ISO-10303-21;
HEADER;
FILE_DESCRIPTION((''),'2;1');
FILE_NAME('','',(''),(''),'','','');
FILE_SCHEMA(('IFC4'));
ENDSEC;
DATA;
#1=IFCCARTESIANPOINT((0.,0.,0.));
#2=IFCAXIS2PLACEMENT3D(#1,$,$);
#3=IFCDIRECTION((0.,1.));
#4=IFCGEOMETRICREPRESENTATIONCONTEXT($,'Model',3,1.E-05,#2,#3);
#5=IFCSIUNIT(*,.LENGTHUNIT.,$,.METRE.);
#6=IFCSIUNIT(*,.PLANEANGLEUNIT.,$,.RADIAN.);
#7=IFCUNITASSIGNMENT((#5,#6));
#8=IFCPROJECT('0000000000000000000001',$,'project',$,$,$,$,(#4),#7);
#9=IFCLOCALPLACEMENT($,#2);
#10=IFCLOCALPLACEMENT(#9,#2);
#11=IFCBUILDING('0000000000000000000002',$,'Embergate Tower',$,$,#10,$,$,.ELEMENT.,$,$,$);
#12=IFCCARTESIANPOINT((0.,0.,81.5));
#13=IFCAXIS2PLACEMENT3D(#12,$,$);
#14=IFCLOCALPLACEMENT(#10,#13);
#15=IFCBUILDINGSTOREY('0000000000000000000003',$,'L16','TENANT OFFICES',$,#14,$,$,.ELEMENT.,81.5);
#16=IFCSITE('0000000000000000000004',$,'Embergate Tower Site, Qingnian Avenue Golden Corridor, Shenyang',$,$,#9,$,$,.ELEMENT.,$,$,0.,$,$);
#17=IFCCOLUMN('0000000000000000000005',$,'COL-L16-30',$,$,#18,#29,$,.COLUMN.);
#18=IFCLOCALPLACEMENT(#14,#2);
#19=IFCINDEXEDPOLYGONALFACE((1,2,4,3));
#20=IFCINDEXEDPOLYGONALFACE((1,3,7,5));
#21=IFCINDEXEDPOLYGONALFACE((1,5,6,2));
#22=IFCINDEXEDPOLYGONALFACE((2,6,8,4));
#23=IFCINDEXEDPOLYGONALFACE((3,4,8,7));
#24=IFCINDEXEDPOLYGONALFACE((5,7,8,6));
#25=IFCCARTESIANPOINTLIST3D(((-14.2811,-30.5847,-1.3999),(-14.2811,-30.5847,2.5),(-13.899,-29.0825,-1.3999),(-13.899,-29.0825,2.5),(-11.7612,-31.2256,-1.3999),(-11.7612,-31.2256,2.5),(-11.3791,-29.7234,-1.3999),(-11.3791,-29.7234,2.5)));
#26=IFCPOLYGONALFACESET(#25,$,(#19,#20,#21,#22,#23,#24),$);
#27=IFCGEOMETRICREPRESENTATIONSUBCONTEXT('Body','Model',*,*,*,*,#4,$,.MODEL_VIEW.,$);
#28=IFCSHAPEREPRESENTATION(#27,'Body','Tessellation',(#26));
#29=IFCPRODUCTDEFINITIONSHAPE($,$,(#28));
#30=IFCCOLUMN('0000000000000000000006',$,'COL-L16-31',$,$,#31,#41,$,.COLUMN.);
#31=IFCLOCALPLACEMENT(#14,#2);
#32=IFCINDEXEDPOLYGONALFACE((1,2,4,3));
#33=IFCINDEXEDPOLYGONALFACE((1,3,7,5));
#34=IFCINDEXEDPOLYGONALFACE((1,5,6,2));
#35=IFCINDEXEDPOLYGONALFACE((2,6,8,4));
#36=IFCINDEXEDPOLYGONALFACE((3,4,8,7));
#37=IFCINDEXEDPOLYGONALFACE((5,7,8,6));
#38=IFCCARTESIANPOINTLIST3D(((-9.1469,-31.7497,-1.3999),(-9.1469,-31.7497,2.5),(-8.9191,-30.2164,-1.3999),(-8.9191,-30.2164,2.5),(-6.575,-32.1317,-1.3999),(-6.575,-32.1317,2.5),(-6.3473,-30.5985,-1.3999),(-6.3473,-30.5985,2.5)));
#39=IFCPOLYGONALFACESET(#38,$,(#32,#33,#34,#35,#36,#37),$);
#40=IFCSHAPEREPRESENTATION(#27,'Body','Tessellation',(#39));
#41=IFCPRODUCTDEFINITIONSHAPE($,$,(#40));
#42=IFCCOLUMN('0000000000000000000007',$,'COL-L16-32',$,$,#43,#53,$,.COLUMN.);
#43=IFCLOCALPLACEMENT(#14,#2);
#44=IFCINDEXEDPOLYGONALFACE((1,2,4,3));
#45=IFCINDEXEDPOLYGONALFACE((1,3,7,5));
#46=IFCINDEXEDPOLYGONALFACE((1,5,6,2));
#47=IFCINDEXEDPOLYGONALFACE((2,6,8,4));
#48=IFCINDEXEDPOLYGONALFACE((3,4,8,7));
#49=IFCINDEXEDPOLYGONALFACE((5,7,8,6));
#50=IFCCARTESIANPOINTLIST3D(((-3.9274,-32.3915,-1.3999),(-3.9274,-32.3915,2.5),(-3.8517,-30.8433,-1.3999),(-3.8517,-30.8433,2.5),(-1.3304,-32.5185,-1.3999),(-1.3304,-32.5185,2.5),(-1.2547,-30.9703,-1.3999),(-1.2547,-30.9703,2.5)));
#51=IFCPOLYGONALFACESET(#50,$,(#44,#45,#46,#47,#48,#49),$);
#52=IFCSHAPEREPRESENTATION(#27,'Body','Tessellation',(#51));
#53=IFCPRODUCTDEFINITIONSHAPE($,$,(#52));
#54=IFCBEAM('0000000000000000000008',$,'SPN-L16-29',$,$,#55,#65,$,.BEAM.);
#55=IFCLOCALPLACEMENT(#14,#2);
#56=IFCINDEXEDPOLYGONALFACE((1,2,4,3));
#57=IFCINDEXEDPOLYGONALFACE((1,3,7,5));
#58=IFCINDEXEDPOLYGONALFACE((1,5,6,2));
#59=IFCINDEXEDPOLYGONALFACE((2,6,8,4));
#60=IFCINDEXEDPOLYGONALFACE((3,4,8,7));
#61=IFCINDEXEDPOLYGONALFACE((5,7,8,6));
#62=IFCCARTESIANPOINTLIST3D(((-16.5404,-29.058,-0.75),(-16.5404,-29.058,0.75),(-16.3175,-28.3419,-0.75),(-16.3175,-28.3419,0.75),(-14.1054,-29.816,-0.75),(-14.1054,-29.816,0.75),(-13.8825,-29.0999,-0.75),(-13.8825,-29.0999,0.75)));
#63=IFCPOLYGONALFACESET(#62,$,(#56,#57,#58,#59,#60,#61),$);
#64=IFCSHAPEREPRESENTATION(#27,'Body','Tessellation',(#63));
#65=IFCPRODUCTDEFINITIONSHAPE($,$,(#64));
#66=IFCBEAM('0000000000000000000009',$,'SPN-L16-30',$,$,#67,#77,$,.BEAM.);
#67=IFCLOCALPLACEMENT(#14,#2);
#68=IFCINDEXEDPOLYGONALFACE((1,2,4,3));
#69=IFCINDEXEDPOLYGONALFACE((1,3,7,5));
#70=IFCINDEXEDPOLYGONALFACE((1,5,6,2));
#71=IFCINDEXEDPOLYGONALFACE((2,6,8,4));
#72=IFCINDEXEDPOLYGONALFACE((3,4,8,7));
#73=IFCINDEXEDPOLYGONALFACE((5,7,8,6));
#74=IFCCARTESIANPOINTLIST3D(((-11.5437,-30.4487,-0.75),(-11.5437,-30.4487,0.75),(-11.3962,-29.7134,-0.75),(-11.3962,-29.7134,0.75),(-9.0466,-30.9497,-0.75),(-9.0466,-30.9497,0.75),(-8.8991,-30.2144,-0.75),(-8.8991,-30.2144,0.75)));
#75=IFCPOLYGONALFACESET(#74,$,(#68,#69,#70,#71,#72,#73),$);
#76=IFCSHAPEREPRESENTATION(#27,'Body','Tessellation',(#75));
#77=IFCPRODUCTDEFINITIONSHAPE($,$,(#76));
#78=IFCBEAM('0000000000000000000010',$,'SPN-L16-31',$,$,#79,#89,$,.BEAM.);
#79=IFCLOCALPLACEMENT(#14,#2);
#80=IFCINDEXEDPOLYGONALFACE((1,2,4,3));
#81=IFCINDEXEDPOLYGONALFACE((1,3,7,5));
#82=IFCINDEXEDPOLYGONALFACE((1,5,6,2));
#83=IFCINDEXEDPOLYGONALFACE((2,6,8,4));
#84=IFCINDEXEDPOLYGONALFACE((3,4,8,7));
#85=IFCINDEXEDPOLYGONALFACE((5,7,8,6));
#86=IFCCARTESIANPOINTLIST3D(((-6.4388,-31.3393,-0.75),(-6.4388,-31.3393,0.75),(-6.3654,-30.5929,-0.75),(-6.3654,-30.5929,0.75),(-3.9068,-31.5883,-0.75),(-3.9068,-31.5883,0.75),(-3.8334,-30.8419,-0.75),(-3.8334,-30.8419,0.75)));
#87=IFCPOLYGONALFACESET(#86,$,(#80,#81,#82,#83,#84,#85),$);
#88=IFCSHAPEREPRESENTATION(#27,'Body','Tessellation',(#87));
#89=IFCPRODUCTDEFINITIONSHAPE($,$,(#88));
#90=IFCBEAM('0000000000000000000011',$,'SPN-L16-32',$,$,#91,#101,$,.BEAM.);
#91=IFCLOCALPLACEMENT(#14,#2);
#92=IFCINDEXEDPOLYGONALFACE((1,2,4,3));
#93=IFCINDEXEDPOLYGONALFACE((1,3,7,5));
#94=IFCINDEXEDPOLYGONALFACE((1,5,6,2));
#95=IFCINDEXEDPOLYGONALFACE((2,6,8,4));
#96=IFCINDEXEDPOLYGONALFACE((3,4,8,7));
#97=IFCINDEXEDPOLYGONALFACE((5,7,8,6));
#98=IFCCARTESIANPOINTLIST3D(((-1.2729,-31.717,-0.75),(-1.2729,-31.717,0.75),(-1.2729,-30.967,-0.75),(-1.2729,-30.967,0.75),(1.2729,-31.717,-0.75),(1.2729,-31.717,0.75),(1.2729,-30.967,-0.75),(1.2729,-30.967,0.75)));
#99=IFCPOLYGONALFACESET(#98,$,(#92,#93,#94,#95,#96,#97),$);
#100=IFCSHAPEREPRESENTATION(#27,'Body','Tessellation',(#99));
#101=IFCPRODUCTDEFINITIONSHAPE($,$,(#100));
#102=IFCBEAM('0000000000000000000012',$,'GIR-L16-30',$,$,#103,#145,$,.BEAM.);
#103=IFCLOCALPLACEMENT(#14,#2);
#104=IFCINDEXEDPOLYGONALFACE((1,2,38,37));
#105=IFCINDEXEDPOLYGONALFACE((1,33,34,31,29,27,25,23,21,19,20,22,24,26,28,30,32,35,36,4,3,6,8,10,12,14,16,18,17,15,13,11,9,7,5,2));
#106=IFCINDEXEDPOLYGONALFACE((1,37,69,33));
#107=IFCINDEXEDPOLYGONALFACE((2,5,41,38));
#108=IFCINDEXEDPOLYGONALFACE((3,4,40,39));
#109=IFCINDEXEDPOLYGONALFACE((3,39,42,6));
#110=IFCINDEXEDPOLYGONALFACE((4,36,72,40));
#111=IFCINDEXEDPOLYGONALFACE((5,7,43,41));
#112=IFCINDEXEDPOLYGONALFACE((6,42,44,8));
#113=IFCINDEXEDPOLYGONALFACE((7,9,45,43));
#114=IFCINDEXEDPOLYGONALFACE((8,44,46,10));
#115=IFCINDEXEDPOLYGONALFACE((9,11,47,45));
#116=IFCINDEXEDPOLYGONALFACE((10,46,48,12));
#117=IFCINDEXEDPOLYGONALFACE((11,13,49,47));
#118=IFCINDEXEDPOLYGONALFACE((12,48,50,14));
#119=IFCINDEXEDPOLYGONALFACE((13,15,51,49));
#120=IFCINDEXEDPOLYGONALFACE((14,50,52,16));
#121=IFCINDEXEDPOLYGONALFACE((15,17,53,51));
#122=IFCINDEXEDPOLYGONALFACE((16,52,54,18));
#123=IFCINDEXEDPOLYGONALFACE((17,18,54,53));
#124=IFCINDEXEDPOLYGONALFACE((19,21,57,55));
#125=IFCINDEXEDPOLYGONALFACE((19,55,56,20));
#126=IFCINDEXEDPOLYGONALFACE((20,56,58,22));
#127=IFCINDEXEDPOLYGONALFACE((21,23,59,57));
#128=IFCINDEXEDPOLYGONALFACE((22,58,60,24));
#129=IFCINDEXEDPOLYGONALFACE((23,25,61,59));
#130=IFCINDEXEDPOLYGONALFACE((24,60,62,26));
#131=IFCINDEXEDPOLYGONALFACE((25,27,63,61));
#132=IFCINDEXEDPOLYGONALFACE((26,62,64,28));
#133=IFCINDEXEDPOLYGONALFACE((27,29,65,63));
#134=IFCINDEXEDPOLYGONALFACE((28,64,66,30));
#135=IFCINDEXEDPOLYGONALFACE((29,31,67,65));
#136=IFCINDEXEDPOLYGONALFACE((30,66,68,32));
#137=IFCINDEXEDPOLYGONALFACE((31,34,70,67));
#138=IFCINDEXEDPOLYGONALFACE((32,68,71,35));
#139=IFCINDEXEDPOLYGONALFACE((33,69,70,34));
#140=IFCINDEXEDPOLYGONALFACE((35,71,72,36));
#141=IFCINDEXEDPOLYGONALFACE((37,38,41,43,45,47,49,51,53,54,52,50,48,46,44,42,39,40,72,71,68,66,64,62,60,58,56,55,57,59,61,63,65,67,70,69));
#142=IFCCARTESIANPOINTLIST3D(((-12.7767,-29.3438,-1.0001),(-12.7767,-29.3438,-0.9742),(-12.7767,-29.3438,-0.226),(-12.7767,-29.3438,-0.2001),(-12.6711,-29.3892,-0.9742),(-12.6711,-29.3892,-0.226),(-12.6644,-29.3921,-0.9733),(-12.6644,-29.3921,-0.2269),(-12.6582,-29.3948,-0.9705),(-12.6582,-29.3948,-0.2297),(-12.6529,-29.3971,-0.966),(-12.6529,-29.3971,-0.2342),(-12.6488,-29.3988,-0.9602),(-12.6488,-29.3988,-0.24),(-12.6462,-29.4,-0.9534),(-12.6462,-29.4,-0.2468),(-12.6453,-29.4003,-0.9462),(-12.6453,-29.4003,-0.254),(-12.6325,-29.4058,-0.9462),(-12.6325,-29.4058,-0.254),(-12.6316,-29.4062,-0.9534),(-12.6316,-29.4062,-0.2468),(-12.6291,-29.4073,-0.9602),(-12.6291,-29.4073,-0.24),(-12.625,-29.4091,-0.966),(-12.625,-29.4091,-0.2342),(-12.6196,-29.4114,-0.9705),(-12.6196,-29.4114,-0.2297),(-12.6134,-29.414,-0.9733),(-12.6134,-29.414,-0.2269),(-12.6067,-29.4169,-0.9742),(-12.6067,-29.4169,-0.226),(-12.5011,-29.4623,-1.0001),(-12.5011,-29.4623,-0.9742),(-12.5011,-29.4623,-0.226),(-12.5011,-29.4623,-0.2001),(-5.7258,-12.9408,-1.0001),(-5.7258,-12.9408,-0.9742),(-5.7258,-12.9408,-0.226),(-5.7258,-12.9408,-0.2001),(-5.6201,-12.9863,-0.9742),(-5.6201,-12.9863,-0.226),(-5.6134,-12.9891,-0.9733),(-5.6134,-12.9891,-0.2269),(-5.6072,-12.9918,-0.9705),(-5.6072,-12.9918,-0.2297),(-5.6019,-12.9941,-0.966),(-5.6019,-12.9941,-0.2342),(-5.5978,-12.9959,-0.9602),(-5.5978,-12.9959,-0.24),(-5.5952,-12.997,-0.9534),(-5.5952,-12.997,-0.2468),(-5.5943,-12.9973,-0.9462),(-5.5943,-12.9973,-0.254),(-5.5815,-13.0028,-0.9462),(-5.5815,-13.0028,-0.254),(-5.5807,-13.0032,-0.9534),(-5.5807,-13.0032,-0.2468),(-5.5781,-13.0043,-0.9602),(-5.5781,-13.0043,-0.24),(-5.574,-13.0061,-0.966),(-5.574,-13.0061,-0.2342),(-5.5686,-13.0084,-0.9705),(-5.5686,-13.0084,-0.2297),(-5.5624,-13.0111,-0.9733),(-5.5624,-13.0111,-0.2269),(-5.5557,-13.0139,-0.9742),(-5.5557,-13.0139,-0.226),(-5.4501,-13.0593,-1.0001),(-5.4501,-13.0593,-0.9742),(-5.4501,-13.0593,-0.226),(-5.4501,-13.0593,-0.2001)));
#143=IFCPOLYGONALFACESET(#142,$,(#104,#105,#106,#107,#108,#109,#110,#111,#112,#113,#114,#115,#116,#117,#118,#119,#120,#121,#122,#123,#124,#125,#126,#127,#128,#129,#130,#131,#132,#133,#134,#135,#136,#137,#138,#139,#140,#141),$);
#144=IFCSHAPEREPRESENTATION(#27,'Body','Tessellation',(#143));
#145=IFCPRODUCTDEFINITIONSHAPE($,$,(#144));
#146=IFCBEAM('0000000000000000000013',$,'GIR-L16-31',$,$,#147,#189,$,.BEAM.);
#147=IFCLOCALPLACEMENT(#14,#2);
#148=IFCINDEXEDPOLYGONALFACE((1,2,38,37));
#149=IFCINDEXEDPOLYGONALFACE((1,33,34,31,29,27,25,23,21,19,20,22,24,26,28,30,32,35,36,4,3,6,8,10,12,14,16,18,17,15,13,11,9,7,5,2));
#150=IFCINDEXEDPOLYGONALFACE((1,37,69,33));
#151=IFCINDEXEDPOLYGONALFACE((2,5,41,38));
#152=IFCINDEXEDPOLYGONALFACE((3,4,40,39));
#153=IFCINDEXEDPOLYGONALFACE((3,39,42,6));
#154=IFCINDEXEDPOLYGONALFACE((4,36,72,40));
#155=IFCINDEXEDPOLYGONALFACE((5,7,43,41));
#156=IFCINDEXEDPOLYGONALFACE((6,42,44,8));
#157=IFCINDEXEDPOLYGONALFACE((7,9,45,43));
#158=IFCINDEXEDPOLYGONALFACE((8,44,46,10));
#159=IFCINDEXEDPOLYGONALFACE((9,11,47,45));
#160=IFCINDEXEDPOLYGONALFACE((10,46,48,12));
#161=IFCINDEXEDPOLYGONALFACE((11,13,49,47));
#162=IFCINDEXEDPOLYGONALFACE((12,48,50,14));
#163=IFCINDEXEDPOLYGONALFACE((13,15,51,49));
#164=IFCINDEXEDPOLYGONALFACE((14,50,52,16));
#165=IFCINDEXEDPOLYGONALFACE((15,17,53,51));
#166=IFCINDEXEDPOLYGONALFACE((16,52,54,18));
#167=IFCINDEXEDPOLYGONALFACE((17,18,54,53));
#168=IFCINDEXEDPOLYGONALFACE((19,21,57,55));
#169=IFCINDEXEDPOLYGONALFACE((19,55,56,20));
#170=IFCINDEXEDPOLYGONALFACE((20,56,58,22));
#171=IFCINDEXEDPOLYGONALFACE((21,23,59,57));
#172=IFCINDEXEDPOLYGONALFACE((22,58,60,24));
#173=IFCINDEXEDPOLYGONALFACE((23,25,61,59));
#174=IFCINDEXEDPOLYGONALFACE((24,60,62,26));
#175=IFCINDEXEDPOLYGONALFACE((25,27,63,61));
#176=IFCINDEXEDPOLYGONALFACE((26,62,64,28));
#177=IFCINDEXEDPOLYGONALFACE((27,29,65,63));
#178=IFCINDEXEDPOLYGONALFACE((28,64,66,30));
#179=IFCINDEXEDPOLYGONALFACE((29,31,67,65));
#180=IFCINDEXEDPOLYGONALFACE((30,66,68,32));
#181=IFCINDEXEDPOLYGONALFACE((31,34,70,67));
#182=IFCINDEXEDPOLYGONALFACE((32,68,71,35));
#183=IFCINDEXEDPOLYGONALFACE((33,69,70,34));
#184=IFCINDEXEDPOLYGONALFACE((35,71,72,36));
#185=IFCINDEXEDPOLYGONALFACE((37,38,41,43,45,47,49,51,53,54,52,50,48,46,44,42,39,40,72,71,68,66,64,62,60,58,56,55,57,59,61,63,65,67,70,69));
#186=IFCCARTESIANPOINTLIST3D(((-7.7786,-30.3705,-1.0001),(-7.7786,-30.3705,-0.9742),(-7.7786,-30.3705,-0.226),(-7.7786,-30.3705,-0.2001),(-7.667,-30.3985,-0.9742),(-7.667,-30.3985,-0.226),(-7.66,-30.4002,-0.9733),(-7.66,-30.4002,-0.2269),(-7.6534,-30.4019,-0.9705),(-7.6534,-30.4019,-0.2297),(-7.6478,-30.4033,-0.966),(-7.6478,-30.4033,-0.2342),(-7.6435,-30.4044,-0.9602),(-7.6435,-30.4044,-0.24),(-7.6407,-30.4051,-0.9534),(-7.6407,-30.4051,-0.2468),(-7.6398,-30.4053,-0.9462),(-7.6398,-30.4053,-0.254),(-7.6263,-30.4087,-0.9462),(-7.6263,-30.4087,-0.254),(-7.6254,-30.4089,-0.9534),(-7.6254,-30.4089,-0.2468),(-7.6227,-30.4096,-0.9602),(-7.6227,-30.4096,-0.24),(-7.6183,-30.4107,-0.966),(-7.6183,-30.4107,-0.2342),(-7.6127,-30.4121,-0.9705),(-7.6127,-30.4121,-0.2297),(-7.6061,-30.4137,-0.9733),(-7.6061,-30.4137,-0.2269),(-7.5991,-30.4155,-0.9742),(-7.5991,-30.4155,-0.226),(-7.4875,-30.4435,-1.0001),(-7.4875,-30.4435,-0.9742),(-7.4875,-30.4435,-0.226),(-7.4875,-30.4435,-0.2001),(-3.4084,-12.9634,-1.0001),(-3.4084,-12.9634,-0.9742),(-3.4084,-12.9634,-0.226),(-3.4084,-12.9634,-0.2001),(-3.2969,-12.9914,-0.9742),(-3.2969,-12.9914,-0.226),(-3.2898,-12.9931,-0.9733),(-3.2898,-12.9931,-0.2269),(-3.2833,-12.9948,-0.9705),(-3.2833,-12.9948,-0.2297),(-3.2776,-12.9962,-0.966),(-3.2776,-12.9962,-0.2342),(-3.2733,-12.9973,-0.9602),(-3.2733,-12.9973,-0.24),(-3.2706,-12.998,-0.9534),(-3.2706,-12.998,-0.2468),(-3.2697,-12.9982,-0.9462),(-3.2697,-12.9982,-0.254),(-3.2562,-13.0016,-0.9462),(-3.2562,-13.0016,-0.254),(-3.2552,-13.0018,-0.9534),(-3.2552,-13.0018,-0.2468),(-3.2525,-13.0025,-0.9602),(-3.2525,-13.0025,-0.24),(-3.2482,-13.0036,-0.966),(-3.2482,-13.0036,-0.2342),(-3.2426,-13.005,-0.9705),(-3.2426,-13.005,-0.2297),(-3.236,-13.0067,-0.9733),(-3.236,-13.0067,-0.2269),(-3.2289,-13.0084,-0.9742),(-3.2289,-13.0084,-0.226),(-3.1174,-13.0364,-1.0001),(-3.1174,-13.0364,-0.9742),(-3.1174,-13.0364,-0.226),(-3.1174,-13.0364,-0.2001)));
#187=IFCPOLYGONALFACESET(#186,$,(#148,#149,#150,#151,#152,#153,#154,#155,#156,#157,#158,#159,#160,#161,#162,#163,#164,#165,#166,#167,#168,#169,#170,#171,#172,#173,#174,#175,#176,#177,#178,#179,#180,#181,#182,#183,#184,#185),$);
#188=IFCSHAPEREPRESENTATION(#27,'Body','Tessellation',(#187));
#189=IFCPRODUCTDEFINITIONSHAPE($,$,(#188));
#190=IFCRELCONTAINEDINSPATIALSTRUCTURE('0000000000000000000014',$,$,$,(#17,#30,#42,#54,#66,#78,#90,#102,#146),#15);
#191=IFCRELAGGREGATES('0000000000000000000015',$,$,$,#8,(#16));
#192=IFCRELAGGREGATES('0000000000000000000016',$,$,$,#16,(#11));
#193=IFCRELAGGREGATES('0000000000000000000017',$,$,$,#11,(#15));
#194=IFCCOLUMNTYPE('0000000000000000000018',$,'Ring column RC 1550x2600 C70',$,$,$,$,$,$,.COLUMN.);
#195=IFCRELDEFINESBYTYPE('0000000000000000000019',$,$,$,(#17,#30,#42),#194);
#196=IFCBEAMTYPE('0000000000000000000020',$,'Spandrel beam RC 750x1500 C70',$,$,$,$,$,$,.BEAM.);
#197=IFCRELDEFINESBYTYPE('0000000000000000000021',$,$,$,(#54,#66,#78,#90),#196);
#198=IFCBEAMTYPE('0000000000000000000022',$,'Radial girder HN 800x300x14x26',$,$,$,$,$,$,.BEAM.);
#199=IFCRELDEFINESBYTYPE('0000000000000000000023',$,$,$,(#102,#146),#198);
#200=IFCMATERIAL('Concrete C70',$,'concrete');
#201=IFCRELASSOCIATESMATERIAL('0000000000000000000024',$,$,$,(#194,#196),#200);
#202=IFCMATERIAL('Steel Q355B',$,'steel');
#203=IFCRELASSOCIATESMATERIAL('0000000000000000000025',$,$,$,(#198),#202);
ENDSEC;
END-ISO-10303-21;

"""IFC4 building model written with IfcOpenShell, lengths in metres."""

from ifc_helpers import new_model, si_unit, direction, frame, origin, origin_2d, place, context, subcontext, project, spatial, rectangle, i_section, extrude, source, transform, mapped, material, material_profile, profile_set, type_object, element, save


model = new_model("IFC4")

# Units and contexts
model_context = context("Model", 3, precision=1e-05, world=origin(), true_north=direction((0.0, 1.0)))
body_context = subcontext(model_context, "Body", "Model", "MODEL_VIEW")
ifc_project = project(units=[si_unit("LENGTHUNIT", "METRE"), si_unit("PLANEANGLEUNIT", "RADIAN")], contexts=[model_context])

# Site, building, storey
site_placement = place(None, origin())
site = spatial("IfcSite", under=ifc_project, at=site_placement, Name="Embergate Tower Site, Qingnian Avenue Golden Corridor, Shenyang", CompositionType="ELEMENT", RefElevation=0.0)
building_placement = place(site_placement, origin())
building = spatial("IfcBuilding", under=site, at=building_placement, Name="Embergate Tower", CompositionType="ELEMENT")
storey_placement = place(building_placement, frame((0.0, 0.0, 81.5)))
storey = spatial("IfcBuildingStorey", under=building, at=storey_placement, Name="L16", Description="TENANT OFFICES", CompositionType="ELEMENT", Elevation=81.5)

# Columns
ifc_material_1 = material(Name="Concrete C70", Category="concrete")
ifc_material_profile_1 = material_profile(ifc_material_1, rectangle(XDim=1.55, YDim=2.6001, at=origin_2d()), Name="RC 1550x2600")
ifc_profile_set_1 = profile_set([ifc_material_profile_1], Name="Concrete C70")
column_type = type_object("IfcColumnType", Name="Ring column RC 1550x2600 C70", PredefinedType="COLUMN", material=ifc_profile_set_1)
shared_shape_1 = source(origin(), body_context, "Body", "SweptSolid", [
    extrude(rectangle(XDim=1.55, YDim=2.6001, at=origin_2d()), origin(), (0.0, 0.0, 1.0), 3.8999),
])
for number, where, z_axis, x_axis, name in (
    (1, (-12.8301, -30.1541, -1.3999), (0.0, 0.0, 1.0), (-0.246492, -0.969145, 0.0), "COL-L16-30"),
    (2, (-7.7471, -31.1741, -1.3999), (0.0, 0.0, 1.0), (-0.146929, -0.989147, 0.0), "COL-L16-31"),
    (3, (-2.5911, -31.6809, -1.3999), (0.0, 0.0, 1.0), (-0.048815, -0.998808, 0.0), "COL-L16-32"),
):
    element("IfcColumn", number, at=place(storey_placement, frame(where, z_axis=z_axis, x_axis=x_axis)), inside=storey, type_object=column_type, Name=name, PredefinedType="COLUMN", context=body_context, shape_type="MappedRepresentation", body=[
        mapped(shared_shape_1, transform((0.0, 0.0, 0.0))),
    ])

# Beams
ifc_material_profile_2 = material_profile(ifc_material_1, rectangle(XDim=0.75, YDim=1.5, at=origin_2d()), Name="RC 750x1500")
ifc_profile_set_2 = profile_set([ifc_material_profile_2], Name="Concrete C70")
beam_type_1 = type_object("IfcBeamType", Name="Spandrel beam RC 750x1500 C70", PredefinedType="BEAM", material=ifc_profile_set_2)
shared_shape_2 = source(origin(), body_context, "Body", "SweptSolid", [
    extrude(rectangle(XDim=0.75, YDim=1.5, at=origin_2d()), origin(), (0.0, 0.0, 1.0), 2.5503),
])
beam_1_placement = place(storey_placement, frame((-16.429, -28.7, 0.0), z_axis=(0.954803, -0.297239, 0.0), x_axis=(0.297239, 0.954803, 0.0)))
element("IfcBeam", 4, at=beam_1_placement, inside=storey, type_object=beam_type_1, Name="SPN-L16-29", PredefinedType="BEAM", context=body_context, shape_type="MappedRepresentation", body=[
    mapped(shared_shape_2, transform((0.0, 0.0, 0.0))),
])
shared_shape_3 = source(origin(), body_context, "Body", "SweptSolid", [
    extrude(rectangle(XDim=0.75, YDim=1.5, at=origin_2d()), origin(), (0.0, 0.0, 1.0), 2.5469),
])
beam_2_placement = place(storey_placement, frame((-11.47, -30.0811, 0.0), z_axis=(0.980463, -0.196706, 0.0), x_axis=(0.196706, 0.980463, 0.0)))
element("IfcBeam", 5, at=beam_2_placement, inside=storey, type_object=beam_type_1, Name="SPN-L16-30", PredefinedType="BEAM", context=body_context, shape_type="MappedRepresentation", body=[
    mapped(shared_shape_3, transform((0.0, 0.0, 0.0))),
])
shared_shape_4 = source(origin(), body_context, "Body", "SweptSolid", [
    extrude(rectangle(XDim=0.75, YDim=1.5, at=origin_2d()), origin(), (0.0, 0.0, 1.0), 2.5442),
])
beam_3_placement = place(storey_placement, frame((-6.4021, -30.9661, 0.0), z_axis=(0.995198, -0.097879, 0.0), x_axis=(0.097879, 0.995198, 0.0)))
element("IfcBeam", 6, at=beam_3_placement, inside=storey, type_object=beam_type_1, Name="SPN-L16-31", PredefinedType="BEAM", context=body_context, shape_type="MappedRepresentation", body=[
    mapped(shared_shape_4, transform((0.0, 0.0, 0.0))),
])
shared_shape_5 = source(origin(), body_context, "Body", "SweptSolid", [
    extrude(rectangle(XDim=0.75, YDim=1.5, at=origin_2d()), origin(), (0.0, 0.0, 1.0), 2.5459),
])
beam_4_placement = place(storey_placement, frame((-1.2729, -31.342, 0.0), z_axis=(1.0, 0.0, 0.0), x_axis=(0.0, 1.0, 0.0)))
element("IfcBeam", 7, at=beam_4_placement, inside=storey, type_object=beam_type_1, Name="SPN-L16-32", PredefinedType="BEAM", context=body_context, shape_type="MappedRepresentation", body=[
    mapped(shared_shape_5, transform((0.0, 0.0, 0.0))),
])
ifc_material_2 = material(Name="Steel Q355B", Category="steel")
ifc_material_profile_3 = material_profile(ifc_material_2, i_section(OverallWidth=0.3, OverallDepth=0.8, WebThickness=0.0139, FlangeThickness=0.0259, FilletRadius=0.0281, at=origin_2d()), Name="HN 800x300x14x26")
ifc_profile_set_3 = profile_set([ifc_material_profile_3], Name="Steel Q355 grade B")
beam_type_2 = type_object("IfcBeamType", Name="Radial girder HN 800x300x14x26", PredefinedType="BEAM", material=ifc_profile_set_3)
shared_shape_6 = source(origin(), body_context, "Body", "SweptSolid", [
    extrude(i_section(OverallWidth=0.3, OverallDepth=0.8, WebThickness=0.0139, FlangeThickness=0.0259, FilletRadius=0.0281, at=origin_2d()), origin(), (0.0, 0.0, 1.0), 17.8542),
])
beam_5_placement = place(storey_placement, frame((-12.6389, -29.4031, -0.6001), z_axis=(0.394919, 0.918716, 0.0), x_axis=(-0.918716, 0.394919, 0.0)))
element("IfcBeam", 8, at=beam_5_placement, inside=storey, type_object=beam_type_2, Name="GIR-L16-30", PredefinedType="BEAM", context=body_context, shape_type="MappedRepresentation", body=[
    mapped(shared_shape_6, transform((0.0, 0.0, 0.0))),
])
shared_shape_7 = source(origin(), body_context, "Body", "SweptSolid", [
    extrude(i_section(OverallWidth=0.3, OverallDepth=0.8, WebThickness=0.0139, FlangeThickness=0.0259, FilletRadius=0.0281, at=origin_2d()), origin(), (0.0, 0.0, 1.0), 17.9473),
])
beam_6_placement = place(storey_placement, frame((-7.6331, -30.407, -0.6001), z_axis=(0.243499, 0.969901, 0.0), x_axis=(-0.969901, 0.243499, 0.0)))
element("IfcBeam", 9, at=beam_6_placement, inside=storey, type_object=beam_type_2, Name="GIR-L16-31", PredefinedType="BEAM", context=body_context, shape_type="MappedRepresentation", body=[
    mapped(shared_shape_7, transform((0.0, 0.0, 0.0))),
])

save(model, "model.ifc")
